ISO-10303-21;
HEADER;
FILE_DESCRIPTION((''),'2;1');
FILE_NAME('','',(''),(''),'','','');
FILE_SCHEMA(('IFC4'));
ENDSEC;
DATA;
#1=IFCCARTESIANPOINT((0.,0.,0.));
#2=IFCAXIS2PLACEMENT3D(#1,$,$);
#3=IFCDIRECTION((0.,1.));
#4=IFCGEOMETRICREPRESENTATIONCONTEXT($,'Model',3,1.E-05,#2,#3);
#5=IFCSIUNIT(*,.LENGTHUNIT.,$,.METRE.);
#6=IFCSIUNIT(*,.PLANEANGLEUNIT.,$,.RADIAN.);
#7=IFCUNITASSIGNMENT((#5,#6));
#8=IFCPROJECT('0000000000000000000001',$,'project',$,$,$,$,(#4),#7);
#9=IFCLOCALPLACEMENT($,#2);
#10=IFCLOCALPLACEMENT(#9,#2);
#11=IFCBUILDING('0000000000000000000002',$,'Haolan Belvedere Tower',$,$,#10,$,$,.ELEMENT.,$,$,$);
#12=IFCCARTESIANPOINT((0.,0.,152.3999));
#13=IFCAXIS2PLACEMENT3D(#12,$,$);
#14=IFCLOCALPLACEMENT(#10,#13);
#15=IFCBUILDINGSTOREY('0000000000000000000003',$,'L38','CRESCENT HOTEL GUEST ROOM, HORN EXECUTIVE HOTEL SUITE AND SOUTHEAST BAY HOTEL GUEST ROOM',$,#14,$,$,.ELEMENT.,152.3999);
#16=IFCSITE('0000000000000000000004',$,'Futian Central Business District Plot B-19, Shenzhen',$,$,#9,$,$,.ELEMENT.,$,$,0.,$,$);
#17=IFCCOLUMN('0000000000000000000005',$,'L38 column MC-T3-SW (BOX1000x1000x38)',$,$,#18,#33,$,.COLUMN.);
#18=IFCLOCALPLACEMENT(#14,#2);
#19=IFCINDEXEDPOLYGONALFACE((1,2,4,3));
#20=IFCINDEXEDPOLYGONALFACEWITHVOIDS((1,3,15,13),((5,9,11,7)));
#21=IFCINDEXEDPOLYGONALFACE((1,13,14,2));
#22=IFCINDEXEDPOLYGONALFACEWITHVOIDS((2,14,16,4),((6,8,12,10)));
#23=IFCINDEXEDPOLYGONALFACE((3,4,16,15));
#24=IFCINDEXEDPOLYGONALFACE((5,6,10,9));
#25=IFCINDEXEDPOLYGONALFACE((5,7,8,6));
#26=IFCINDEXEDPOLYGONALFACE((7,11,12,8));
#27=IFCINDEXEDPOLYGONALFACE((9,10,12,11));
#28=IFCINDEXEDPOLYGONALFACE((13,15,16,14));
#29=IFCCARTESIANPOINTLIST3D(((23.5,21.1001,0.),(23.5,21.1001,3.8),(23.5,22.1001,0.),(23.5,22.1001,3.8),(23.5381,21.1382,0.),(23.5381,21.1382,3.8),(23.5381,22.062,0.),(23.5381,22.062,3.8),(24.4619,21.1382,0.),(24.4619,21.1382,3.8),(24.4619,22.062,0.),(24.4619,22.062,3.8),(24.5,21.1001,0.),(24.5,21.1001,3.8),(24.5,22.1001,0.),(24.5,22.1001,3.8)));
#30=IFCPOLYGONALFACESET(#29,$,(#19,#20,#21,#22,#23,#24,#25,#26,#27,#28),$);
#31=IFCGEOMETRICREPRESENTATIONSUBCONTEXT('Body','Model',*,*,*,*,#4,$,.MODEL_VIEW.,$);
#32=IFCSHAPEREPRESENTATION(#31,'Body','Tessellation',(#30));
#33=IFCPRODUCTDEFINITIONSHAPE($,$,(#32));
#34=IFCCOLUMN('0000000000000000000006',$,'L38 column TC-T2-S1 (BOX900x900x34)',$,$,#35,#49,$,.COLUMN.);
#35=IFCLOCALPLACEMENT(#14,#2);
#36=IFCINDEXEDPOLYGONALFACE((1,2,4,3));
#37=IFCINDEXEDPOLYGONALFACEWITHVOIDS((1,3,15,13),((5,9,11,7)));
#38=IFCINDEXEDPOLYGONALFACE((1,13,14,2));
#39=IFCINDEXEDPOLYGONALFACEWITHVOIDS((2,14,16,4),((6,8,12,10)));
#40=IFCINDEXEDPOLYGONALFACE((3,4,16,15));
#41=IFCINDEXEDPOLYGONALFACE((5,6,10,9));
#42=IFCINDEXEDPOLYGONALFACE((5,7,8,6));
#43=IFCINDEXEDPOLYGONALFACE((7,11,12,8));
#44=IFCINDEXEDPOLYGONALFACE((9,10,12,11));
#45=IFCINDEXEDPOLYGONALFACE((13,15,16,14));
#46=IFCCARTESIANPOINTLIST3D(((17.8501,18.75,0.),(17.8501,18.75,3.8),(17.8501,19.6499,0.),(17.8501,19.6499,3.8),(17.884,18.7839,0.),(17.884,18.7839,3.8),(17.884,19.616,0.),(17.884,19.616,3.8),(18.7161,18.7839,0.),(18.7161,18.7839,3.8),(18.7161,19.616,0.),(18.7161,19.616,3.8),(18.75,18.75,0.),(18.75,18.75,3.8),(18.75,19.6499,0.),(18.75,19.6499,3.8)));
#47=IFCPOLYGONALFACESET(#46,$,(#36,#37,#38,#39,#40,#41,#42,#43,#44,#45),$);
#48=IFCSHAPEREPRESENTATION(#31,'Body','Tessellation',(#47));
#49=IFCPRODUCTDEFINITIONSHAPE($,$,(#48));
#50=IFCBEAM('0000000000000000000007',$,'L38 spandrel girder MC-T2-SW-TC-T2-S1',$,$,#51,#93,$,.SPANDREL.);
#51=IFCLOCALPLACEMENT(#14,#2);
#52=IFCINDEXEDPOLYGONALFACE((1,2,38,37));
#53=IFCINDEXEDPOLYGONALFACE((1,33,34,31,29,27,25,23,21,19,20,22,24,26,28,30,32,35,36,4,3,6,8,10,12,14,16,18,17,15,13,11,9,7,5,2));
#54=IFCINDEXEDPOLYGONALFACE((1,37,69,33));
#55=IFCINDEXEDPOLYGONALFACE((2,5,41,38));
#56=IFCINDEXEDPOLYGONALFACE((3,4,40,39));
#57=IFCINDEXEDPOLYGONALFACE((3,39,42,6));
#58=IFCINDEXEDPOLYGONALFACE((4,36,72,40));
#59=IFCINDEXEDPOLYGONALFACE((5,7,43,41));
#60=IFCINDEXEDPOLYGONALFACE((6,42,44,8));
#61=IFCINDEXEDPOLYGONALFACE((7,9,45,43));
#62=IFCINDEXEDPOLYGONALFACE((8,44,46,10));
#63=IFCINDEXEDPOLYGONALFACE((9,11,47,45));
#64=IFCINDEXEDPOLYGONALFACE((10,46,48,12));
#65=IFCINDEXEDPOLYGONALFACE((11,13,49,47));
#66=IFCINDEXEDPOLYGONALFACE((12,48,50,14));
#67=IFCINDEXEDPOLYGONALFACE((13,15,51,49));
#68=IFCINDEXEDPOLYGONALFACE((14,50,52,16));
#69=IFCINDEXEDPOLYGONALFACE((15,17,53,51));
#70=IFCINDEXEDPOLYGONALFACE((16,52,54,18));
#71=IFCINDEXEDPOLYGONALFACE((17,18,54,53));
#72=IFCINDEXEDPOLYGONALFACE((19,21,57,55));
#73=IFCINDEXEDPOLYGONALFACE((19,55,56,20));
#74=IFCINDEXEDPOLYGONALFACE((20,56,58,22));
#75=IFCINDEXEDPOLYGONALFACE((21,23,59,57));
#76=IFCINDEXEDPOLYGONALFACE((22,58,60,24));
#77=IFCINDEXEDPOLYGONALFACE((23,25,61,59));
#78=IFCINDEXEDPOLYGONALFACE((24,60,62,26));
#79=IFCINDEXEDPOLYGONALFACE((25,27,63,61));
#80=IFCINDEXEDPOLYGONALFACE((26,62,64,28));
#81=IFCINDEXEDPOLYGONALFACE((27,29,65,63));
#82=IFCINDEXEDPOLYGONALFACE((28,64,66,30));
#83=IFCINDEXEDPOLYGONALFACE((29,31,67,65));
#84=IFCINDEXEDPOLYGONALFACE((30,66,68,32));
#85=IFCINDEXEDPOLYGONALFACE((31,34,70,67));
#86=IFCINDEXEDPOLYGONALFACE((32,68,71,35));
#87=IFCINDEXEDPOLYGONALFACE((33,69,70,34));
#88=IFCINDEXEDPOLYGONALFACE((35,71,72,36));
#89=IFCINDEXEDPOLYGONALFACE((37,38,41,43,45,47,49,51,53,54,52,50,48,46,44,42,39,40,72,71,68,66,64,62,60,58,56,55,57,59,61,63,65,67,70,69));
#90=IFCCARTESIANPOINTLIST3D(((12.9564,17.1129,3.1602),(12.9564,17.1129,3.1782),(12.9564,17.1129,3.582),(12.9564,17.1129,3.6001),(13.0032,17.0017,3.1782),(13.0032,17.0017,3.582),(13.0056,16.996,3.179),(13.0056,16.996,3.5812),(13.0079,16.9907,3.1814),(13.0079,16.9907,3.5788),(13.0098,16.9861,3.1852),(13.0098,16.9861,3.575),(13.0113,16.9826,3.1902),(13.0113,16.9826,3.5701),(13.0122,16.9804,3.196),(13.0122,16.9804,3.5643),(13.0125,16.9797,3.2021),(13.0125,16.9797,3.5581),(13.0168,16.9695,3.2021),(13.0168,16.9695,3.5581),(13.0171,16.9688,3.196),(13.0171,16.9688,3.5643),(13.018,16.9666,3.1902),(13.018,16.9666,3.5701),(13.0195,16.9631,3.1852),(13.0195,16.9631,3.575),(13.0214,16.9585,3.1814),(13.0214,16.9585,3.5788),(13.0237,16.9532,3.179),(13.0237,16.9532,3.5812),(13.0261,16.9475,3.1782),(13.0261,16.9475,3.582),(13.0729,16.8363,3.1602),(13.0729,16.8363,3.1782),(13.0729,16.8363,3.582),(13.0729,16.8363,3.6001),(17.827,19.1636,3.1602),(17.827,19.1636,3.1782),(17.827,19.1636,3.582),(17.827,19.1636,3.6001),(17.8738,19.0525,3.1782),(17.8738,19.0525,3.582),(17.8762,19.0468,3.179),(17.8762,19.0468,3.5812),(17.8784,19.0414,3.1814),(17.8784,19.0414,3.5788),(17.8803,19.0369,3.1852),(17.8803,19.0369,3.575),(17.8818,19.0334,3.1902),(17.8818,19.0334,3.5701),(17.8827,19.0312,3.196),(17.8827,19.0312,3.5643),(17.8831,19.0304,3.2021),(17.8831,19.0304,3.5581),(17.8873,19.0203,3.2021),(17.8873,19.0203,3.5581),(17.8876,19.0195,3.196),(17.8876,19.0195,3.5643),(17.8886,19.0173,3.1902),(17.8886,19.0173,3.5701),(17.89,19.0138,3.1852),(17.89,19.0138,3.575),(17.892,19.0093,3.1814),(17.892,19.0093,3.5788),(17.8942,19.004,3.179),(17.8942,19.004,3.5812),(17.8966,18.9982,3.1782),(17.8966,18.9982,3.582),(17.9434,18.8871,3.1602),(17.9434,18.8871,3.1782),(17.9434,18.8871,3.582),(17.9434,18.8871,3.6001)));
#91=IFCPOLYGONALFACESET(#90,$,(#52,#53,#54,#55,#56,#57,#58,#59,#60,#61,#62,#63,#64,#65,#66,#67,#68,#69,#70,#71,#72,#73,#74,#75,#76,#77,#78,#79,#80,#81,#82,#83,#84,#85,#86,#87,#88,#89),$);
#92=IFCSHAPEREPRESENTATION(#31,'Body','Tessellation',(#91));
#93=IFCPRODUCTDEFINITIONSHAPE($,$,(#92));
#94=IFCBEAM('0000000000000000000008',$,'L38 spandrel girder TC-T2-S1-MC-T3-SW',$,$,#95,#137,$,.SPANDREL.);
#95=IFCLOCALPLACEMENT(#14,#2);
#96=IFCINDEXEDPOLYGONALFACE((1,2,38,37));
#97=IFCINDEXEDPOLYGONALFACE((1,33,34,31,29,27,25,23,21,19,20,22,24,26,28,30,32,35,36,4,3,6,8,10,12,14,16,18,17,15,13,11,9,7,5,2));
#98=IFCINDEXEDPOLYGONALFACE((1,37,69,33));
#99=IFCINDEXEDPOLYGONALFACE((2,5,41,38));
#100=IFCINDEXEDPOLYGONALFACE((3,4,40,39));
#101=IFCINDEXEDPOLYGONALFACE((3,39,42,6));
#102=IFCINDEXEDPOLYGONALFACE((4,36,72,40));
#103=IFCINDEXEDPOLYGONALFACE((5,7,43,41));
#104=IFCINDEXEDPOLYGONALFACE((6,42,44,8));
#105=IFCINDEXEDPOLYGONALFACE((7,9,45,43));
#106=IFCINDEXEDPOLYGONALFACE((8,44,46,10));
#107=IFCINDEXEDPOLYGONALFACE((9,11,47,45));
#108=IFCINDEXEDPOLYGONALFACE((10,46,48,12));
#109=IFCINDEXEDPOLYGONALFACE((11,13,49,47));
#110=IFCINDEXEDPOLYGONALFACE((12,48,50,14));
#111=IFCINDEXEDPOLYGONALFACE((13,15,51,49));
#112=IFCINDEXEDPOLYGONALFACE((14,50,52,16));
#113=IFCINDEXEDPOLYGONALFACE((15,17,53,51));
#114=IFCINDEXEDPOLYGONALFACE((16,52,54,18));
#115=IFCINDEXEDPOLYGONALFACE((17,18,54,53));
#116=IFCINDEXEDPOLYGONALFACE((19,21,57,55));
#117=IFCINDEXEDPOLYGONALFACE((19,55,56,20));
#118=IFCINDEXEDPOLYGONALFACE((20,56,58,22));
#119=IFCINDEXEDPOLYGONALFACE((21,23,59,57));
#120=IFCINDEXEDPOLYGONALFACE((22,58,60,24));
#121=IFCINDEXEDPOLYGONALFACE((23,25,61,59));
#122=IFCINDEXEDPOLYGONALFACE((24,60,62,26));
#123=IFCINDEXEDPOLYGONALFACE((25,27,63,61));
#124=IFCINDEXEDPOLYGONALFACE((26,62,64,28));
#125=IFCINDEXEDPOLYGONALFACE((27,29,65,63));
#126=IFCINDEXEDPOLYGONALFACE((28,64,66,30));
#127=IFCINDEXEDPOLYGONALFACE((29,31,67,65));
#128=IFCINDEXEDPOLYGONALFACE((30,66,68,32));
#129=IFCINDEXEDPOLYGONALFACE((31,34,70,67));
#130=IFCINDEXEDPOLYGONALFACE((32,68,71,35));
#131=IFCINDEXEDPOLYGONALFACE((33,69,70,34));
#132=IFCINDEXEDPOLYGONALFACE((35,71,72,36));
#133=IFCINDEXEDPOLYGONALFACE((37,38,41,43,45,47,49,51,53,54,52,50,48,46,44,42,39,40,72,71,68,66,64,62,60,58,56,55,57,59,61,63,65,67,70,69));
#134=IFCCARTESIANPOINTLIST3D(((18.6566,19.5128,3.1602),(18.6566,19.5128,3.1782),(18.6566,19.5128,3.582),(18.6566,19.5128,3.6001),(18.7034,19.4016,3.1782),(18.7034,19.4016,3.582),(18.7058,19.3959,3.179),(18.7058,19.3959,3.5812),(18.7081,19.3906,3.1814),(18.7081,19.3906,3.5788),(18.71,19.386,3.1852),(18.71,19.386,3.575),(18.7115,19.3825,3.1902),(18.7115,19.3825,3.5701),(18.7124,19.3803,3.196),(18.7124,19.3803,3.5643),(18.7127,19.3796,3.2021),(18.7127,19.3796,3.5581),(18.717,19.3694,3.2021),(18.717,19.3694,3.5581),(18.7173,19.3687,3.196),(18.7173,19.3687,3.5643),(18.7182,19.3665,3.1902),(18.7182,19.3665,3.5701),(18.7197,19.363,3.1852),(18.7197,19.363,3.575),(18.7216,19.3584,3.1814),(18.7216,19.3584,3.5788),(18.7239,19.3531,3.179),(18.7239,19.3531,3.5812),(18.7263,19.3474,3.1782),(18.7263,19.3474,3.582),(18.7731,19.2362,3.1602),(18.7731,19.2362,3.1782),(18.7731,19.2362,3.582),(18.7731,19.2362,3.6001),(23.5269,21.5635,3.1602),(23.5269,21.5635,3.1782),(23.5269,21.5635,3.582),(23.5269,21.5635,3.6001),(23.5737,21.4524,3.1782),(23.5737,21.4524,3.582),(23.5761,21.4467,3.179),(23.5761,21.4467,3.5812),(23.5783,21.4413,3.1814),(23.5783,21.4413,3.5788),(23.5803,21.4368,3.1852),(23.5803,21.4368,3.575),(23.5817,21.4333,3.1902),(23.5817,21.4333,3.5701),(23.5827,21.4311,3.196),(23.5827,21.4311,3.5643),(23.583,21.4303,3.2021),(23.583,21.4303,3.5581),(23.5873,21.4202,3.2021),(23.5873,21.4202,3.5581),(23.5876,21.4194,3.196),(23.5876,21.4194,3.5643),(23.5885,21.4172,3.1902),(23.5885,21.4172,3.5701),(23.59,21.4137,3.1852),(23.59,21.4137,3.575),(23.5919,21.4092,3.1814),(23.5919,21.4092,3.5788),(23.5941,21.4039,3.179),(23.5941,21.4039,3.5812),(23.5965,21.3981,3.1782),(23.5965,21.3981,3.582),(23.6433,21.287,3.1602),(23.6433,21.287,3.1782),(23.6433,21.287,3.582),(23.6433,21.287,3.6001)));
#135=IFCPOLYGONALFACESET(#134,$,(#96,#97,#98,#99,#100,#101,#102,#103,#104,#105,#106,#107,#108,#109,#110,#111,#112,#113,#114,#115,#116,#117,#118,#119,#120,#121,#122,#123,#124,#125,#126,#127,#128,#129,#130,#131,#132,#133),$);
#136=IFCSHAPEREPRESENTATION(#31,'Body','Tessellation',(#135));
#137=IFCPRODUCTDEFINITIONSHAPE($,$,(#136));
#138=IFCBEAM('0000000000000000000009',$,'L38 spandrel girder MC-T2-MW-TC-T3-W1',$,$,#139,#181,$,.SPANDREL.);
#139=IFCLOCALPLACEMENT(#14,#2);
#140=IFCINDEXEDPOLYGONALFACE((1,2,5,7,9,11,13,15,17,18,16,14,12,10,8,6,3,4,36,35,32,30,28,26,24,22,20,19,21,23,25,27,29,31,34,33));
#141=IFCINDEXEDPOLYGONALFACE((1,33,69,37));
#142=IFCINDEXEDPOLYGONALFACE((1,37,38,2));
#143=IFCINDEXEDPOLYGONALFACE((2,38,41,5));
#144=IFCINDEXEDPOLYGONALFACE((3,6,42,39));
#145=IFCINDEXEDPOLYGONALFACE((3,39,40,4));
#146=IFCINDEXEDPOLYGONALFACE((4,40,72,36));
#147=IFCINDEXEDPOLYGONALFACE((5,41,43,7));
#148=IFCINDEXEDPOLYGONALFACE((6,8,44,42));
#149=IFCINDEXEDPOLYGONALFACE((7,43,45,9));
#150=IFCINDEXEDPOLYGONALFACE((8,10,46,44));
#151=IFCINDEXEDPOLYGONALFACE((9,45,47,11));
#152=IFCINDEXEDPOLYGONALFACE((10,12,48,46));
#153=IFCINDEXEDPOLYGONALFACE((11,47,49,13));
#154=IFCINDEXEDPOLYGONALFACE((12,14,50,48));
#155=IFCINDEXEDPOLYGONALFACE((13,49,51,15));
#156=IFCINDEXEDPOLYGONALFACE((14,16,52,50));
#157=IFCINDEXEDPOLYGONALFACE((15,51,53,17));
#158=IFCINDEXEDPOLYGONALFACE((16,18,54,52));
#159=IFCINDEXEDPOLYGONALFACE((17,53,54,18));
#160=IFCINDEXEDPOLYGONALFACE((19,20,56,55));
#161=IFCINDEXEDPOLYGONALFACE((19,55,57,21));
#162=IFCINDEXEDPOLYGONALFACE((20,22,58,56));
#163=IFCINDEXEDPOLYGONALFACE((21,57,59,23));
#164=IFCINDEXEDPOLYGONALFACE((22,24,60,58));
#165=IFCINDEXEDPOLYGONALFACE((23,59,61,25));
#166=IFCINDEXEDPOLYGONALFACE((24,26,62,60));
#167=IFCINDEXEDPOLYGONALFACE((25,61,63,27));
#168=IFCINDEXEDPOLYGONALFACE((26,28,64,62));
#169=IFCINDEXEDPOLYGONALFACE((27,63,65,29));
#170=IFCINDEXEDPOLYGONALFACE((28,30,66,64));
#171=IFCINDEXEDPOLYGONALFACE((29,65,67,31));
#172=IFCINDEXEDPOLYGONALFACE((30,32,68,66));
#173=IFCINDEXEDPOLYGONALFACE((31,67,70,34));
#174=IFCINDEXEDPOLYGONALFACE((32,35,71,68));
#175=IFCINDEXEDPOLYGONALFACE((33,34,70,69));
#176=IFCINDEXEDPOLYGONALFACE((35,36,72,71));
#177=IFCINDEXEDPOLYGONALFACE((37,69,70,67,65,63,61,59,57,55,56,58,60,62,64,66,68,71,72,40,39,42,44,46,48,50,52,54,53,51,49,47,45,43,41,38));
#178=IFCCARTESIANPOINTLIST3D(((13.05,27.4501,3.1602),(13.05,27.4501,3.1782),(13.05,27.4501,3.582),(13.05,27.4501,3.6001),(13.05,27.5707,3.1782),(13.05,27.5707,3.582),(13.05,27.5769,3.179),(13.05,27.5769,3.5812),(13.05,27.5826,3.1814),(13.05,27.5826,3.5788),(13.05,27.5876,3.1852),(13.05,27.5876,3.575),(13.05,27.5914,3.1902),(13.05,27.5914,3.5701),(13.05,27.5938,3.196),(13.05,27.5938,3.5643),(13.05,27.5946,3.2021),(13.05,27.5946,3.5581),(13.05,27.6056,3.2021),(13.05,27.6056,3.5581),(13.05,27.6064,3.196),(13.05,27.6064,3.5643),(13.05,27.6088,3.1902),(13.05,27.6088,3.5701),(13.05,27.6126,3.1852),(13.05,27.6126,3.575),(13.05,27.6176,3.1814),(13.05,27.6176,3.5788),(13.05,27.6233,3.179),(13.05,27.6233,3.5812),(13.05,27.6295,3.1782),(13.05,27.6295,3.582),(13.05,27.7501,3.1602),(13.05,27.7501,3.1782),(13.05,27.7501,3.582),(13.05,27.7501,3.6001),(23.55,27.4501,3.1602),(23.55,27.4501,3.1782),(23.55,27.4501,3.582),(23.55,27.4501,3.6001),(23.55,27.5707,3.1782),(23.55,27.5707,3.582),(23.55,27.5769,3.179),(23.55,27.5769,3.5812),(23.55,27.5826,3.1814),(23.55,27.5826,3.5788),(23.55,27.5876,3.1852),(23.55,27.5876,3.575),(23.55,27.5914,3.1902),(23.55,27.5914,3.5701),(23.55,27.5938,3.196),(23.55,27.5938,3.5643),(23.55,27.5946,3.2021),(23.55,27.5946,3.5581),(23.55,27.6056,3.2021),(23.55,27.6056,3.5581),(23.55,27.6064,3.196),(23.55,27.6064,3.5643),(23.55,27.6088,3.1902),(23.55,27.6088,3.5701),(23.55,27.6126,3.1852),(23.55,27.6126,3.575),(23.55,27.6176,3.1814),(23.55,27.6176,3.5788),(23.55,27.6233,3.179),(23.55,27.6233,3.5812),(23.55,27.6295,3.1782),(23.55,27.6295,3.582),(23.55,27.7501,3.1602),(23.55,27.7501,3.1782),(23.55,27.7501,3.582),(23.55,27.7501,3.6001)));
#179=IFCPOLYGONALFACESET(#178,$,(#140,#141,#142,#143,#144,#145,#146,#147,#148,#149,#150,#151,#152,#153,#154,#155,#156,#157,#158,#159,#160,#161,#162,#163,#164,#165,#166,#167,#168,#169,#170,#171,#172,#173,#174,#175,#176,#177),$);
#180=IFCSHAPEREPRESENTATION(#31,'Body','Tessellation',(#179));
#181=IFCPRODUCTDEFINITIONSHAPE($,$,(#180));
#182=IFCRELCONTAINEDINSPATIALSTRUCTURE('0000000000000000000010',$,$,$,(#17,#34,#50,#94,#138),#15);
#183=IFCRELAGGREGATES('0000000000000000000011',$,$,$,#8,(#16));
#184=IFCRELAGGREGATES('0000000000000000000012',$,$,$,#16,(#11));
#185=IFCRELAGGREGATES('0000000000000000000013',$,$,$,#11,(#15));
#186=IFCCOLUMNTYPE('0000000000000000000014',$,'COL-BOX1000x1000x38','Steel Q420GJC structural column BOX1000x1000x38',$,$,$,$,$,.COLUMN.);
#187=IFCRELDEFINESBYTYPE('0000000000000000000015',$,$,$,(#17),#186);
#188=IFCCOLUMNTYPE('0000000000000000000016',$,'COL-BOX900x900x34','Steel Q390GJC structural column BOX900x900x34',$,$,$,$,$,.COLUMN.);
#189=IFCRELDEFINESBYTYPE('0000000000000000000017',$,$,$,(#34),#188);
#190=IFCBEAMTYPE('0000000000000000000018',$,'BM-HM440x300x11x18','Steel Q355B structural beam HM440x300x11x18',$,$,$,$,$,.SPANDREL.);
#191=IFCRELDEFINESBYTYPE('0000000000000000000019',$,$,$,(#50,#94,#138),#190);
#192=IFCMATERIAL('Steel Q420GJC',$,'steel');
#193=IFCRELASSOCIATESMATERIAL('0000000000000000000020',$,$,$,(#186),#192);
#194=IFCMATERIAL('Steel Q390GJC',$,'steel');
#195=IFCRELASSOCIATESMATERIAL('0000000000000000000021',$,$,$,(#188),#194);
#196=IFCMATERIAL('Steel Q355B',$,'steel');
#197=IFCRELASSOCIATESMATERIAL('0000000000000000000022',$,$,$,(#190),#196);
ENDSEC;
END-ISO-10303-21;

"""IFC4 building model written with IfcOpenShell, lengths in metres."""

from ifc_helpers import new_model, si_unit, direction, frame, origin, origin_2d, place, context, subcontext, project, spatial, hollow_rectangle, i_section, extrude, material, material_profile, profile_set, type_object, element, save


model = new_model("IFC4")

# Units and contexts
model_context = context("Model", 3, precision=1e-05, world=origin(), true_north=direction((0.0, 1.0)))
body_context = subcontext(model_context, "Body", "Model", "MODEL_VIEW")
ifc_project = project(units=[si_unit("LENGTHUNIT", "METRE"), si_unit("PLANEANGLEUNIT", "RADIAN")], contexts=[model_context])

# Site, building, storey
site_placement = place(None, origin())
site = spatial("IfcSite", under=ifc_project, at=site_placement, Name="Futian Central Business District Plot B-19, Shenzhen", CompositionType="ELEMENT", RefElevation=0.0)
building_placement = place(site_placement, origin())
building = spatial("IfcBuilding", under=site, at=building_placement, Name="Haolan Belvedere Tower", CompositionType="ELEMENT")
storey_placement = place(building_placement, frame((0.0, 0.0, 152.3999)))
storey = spatial("IfcBuildingStorey", under=building, at=storey_placement, Name="L38", Description="CRESCENT HOTEL GUEST ROOM, HORN EXECUTIVE HOTEL SUITE AND SOUTHEAST BAY HOTEL GUEST ROOM", CompositionType="ELEMENT", Elevation=152.3999)

# Columns
ifc_material_1 = material(Name="Steel Q420GJC", Category="steel")
ifc_material_profile_1 = material_profile(ifc_material_1, hollow_rectangle(XDim=1.0, YDim=1.0, WallThickness=0.0381, at=origin_2d()), Name="Steel Q420GJC")
ifc_profile_set_1 = profile_set([ifc_material_profile_1], Name="Steel Q420GJC")
column_type_1 = type_object("IfcColumnType", Name="COL-BOX1000x1000x38", Description="Steel Q420GJC structural column BOX1000x1000x38", PredefinedType="COLUMN", material=ifc_profile_set_1)
column_1_placement = place(storey_placement, frame((24.0, 21.6001, 0.0), z_axis=(0.0, 0.0, 1.0), x_axis=(1.0, 0.0, 0.0)))
element("IfcColumn", 1, at=column_1_placement, inside=storey, type_object=column_type_1, Name="L38 column MC-T3-SW (BOX1000x1000x38)", PredefinedType="COLUMN", context=body_context, shape_type="SweptSolid", body=[
    extrude(hollow_rectangle(XDim=1.0, YDim=1.0, WallThickness=0.0381, at=origin_2d()), origin(), (0.0, 0.0, 1.0), 3.8),
])
ifc_material_2 = material(Name="Steel Q390GJC", Category="steel")
ifc_material_profile_2 = material_profile(ifc_material_2, hollow_rectangle(XDim=0.8999, YDim=0.8999, WallThickness=0.0339, at=origin_2d()), Name="Steel Q390GJC")
ifc_profile_set_2 = profile_set([ifc_material_profile_2], Name="Steel Q390GJC")
column_type_2 = type_object("IfcColumnType", Name="COL-BOX900x900x34", Description="Steel Q390GJC structural column BOX900x900x34", PredefinedType="COLUMN", material=ifc_profile_set_2)
column_2_placement = place(storey_placement, frame((18.3, 19.2, 0.0), z_axis=(0.0, 0.0, 1.0), x_axis=(1.0, 0.0, 0.0)))
element("IfcColumn", 2, at=column_2_placement, inside=storey, type_object=column_type_2, Name="L38 column TC-T2-S1 (BOX900x900x34)", PredefinedType="COLUMN", context=body_context, shape_type="SweptSolid", body=[
    extrude(hollow_rectangle(XDim=0.8999, YDim=0.8999, WallThickness=0.0339, at=origin_2d()), origin(), (0.0, 0.0, 1.0), 3.8),
])

# Beams
ifc_material_3 = material(Name="Steel Q355B", Category="steel")
ifc_material_profile_3 = material_profile(ifc_material_3, i_section(OverallWidth=0.3, OverallDepth=0.4399, WebThickness=0.011, FlangeThickness=0.0181, FilletRadius=0.0239, at=origin_2d()), Name="Steel Q355B")
ifc_profile_set_3 = profile_set([ifc_material_profile_3], Name="Steel Q355B")
beam_type = type_object("IfcBeamType", Name="BM-HM440x300x11x18", Description="Steel Q355B structural beam HM440x300x11x18", PredefinedType="SPANDREL", material=ifc_profile_set_3)
beam_1_placement = place(storey_placement, frame((13.0146, 16.9746, 3.3801), z_axis=(0.921635, 0.388057, 0.0), x_axis=(-0.388057, 0.921635, 0.0)))
element("IfcBeam", 3, at=beam_1_placement, inside=storey, type_object=beam_type, Name="L38 spandrel girder MC-T2-SW-TC-T2-S1", PredefinedType="SPANDREL", context=body_context, shape_type="SweptSolid", body=[
    extrude(i_section(OverallWidth=0.3, OverallDepth=0.4399, WebThickness=0.011, FlangeThickness=0.0181, FilletRadius=0.0239, at=origin_2d()), origin(), (0.0, 0.0, 1.0), 5.2847),
])
beam_2_placement = place(storey_placement, frame((18.7148, 19.3745, 3.3801), z_axis=(0.921628, 0.388074, 0.0), x_axis=(-0.388074, 0.921628, 0.0)))
element("IfcBeam", 4, at=beam_2_placement, inside=storey, type_object=beam_type, Name="L38 spandrel girder TC-T2-S1-MC-T3-SW", PredefinedType="SPANDREL", context=body_context, shape_type="SweptSolid", body=[
    extrude(i_section(OverallWidth=0.3, OverallDepth=0.4399, WebThickness=0.011, FlangeThickness=0.0181, FilletRadius=0.0239, at=origin_2d()), origin(), (0.0, 0.0, 1.0), 5.2844),
])
beam_3_placement = place(storey_placement, frame((13.05, 27.6001, 3.3801), z_axis=(1.0, 0.0, 0.0), x_axis=(0.0, 1.0, 0.0)))
element("IfcBeam", 5, at=beam_3_placement, inside=storey, type_object=beam_type, Name="L38 spandrel girder MC-T2-MW-TC-T3-W1", PredefinedType="SPANDREL", context=body_context, shape_type="SweptSolid", body=[
    extrude(i_section(OverallWidth=0.3, OverallDepth=0.4399, WebThickness=0.011, FlangeThickness=0.0181, FilletRadius=0.0239, at=origin_2d()), origin(), (0.0, 0.0, 1.0), 10.5),
])

save(model, "model.ifc")
